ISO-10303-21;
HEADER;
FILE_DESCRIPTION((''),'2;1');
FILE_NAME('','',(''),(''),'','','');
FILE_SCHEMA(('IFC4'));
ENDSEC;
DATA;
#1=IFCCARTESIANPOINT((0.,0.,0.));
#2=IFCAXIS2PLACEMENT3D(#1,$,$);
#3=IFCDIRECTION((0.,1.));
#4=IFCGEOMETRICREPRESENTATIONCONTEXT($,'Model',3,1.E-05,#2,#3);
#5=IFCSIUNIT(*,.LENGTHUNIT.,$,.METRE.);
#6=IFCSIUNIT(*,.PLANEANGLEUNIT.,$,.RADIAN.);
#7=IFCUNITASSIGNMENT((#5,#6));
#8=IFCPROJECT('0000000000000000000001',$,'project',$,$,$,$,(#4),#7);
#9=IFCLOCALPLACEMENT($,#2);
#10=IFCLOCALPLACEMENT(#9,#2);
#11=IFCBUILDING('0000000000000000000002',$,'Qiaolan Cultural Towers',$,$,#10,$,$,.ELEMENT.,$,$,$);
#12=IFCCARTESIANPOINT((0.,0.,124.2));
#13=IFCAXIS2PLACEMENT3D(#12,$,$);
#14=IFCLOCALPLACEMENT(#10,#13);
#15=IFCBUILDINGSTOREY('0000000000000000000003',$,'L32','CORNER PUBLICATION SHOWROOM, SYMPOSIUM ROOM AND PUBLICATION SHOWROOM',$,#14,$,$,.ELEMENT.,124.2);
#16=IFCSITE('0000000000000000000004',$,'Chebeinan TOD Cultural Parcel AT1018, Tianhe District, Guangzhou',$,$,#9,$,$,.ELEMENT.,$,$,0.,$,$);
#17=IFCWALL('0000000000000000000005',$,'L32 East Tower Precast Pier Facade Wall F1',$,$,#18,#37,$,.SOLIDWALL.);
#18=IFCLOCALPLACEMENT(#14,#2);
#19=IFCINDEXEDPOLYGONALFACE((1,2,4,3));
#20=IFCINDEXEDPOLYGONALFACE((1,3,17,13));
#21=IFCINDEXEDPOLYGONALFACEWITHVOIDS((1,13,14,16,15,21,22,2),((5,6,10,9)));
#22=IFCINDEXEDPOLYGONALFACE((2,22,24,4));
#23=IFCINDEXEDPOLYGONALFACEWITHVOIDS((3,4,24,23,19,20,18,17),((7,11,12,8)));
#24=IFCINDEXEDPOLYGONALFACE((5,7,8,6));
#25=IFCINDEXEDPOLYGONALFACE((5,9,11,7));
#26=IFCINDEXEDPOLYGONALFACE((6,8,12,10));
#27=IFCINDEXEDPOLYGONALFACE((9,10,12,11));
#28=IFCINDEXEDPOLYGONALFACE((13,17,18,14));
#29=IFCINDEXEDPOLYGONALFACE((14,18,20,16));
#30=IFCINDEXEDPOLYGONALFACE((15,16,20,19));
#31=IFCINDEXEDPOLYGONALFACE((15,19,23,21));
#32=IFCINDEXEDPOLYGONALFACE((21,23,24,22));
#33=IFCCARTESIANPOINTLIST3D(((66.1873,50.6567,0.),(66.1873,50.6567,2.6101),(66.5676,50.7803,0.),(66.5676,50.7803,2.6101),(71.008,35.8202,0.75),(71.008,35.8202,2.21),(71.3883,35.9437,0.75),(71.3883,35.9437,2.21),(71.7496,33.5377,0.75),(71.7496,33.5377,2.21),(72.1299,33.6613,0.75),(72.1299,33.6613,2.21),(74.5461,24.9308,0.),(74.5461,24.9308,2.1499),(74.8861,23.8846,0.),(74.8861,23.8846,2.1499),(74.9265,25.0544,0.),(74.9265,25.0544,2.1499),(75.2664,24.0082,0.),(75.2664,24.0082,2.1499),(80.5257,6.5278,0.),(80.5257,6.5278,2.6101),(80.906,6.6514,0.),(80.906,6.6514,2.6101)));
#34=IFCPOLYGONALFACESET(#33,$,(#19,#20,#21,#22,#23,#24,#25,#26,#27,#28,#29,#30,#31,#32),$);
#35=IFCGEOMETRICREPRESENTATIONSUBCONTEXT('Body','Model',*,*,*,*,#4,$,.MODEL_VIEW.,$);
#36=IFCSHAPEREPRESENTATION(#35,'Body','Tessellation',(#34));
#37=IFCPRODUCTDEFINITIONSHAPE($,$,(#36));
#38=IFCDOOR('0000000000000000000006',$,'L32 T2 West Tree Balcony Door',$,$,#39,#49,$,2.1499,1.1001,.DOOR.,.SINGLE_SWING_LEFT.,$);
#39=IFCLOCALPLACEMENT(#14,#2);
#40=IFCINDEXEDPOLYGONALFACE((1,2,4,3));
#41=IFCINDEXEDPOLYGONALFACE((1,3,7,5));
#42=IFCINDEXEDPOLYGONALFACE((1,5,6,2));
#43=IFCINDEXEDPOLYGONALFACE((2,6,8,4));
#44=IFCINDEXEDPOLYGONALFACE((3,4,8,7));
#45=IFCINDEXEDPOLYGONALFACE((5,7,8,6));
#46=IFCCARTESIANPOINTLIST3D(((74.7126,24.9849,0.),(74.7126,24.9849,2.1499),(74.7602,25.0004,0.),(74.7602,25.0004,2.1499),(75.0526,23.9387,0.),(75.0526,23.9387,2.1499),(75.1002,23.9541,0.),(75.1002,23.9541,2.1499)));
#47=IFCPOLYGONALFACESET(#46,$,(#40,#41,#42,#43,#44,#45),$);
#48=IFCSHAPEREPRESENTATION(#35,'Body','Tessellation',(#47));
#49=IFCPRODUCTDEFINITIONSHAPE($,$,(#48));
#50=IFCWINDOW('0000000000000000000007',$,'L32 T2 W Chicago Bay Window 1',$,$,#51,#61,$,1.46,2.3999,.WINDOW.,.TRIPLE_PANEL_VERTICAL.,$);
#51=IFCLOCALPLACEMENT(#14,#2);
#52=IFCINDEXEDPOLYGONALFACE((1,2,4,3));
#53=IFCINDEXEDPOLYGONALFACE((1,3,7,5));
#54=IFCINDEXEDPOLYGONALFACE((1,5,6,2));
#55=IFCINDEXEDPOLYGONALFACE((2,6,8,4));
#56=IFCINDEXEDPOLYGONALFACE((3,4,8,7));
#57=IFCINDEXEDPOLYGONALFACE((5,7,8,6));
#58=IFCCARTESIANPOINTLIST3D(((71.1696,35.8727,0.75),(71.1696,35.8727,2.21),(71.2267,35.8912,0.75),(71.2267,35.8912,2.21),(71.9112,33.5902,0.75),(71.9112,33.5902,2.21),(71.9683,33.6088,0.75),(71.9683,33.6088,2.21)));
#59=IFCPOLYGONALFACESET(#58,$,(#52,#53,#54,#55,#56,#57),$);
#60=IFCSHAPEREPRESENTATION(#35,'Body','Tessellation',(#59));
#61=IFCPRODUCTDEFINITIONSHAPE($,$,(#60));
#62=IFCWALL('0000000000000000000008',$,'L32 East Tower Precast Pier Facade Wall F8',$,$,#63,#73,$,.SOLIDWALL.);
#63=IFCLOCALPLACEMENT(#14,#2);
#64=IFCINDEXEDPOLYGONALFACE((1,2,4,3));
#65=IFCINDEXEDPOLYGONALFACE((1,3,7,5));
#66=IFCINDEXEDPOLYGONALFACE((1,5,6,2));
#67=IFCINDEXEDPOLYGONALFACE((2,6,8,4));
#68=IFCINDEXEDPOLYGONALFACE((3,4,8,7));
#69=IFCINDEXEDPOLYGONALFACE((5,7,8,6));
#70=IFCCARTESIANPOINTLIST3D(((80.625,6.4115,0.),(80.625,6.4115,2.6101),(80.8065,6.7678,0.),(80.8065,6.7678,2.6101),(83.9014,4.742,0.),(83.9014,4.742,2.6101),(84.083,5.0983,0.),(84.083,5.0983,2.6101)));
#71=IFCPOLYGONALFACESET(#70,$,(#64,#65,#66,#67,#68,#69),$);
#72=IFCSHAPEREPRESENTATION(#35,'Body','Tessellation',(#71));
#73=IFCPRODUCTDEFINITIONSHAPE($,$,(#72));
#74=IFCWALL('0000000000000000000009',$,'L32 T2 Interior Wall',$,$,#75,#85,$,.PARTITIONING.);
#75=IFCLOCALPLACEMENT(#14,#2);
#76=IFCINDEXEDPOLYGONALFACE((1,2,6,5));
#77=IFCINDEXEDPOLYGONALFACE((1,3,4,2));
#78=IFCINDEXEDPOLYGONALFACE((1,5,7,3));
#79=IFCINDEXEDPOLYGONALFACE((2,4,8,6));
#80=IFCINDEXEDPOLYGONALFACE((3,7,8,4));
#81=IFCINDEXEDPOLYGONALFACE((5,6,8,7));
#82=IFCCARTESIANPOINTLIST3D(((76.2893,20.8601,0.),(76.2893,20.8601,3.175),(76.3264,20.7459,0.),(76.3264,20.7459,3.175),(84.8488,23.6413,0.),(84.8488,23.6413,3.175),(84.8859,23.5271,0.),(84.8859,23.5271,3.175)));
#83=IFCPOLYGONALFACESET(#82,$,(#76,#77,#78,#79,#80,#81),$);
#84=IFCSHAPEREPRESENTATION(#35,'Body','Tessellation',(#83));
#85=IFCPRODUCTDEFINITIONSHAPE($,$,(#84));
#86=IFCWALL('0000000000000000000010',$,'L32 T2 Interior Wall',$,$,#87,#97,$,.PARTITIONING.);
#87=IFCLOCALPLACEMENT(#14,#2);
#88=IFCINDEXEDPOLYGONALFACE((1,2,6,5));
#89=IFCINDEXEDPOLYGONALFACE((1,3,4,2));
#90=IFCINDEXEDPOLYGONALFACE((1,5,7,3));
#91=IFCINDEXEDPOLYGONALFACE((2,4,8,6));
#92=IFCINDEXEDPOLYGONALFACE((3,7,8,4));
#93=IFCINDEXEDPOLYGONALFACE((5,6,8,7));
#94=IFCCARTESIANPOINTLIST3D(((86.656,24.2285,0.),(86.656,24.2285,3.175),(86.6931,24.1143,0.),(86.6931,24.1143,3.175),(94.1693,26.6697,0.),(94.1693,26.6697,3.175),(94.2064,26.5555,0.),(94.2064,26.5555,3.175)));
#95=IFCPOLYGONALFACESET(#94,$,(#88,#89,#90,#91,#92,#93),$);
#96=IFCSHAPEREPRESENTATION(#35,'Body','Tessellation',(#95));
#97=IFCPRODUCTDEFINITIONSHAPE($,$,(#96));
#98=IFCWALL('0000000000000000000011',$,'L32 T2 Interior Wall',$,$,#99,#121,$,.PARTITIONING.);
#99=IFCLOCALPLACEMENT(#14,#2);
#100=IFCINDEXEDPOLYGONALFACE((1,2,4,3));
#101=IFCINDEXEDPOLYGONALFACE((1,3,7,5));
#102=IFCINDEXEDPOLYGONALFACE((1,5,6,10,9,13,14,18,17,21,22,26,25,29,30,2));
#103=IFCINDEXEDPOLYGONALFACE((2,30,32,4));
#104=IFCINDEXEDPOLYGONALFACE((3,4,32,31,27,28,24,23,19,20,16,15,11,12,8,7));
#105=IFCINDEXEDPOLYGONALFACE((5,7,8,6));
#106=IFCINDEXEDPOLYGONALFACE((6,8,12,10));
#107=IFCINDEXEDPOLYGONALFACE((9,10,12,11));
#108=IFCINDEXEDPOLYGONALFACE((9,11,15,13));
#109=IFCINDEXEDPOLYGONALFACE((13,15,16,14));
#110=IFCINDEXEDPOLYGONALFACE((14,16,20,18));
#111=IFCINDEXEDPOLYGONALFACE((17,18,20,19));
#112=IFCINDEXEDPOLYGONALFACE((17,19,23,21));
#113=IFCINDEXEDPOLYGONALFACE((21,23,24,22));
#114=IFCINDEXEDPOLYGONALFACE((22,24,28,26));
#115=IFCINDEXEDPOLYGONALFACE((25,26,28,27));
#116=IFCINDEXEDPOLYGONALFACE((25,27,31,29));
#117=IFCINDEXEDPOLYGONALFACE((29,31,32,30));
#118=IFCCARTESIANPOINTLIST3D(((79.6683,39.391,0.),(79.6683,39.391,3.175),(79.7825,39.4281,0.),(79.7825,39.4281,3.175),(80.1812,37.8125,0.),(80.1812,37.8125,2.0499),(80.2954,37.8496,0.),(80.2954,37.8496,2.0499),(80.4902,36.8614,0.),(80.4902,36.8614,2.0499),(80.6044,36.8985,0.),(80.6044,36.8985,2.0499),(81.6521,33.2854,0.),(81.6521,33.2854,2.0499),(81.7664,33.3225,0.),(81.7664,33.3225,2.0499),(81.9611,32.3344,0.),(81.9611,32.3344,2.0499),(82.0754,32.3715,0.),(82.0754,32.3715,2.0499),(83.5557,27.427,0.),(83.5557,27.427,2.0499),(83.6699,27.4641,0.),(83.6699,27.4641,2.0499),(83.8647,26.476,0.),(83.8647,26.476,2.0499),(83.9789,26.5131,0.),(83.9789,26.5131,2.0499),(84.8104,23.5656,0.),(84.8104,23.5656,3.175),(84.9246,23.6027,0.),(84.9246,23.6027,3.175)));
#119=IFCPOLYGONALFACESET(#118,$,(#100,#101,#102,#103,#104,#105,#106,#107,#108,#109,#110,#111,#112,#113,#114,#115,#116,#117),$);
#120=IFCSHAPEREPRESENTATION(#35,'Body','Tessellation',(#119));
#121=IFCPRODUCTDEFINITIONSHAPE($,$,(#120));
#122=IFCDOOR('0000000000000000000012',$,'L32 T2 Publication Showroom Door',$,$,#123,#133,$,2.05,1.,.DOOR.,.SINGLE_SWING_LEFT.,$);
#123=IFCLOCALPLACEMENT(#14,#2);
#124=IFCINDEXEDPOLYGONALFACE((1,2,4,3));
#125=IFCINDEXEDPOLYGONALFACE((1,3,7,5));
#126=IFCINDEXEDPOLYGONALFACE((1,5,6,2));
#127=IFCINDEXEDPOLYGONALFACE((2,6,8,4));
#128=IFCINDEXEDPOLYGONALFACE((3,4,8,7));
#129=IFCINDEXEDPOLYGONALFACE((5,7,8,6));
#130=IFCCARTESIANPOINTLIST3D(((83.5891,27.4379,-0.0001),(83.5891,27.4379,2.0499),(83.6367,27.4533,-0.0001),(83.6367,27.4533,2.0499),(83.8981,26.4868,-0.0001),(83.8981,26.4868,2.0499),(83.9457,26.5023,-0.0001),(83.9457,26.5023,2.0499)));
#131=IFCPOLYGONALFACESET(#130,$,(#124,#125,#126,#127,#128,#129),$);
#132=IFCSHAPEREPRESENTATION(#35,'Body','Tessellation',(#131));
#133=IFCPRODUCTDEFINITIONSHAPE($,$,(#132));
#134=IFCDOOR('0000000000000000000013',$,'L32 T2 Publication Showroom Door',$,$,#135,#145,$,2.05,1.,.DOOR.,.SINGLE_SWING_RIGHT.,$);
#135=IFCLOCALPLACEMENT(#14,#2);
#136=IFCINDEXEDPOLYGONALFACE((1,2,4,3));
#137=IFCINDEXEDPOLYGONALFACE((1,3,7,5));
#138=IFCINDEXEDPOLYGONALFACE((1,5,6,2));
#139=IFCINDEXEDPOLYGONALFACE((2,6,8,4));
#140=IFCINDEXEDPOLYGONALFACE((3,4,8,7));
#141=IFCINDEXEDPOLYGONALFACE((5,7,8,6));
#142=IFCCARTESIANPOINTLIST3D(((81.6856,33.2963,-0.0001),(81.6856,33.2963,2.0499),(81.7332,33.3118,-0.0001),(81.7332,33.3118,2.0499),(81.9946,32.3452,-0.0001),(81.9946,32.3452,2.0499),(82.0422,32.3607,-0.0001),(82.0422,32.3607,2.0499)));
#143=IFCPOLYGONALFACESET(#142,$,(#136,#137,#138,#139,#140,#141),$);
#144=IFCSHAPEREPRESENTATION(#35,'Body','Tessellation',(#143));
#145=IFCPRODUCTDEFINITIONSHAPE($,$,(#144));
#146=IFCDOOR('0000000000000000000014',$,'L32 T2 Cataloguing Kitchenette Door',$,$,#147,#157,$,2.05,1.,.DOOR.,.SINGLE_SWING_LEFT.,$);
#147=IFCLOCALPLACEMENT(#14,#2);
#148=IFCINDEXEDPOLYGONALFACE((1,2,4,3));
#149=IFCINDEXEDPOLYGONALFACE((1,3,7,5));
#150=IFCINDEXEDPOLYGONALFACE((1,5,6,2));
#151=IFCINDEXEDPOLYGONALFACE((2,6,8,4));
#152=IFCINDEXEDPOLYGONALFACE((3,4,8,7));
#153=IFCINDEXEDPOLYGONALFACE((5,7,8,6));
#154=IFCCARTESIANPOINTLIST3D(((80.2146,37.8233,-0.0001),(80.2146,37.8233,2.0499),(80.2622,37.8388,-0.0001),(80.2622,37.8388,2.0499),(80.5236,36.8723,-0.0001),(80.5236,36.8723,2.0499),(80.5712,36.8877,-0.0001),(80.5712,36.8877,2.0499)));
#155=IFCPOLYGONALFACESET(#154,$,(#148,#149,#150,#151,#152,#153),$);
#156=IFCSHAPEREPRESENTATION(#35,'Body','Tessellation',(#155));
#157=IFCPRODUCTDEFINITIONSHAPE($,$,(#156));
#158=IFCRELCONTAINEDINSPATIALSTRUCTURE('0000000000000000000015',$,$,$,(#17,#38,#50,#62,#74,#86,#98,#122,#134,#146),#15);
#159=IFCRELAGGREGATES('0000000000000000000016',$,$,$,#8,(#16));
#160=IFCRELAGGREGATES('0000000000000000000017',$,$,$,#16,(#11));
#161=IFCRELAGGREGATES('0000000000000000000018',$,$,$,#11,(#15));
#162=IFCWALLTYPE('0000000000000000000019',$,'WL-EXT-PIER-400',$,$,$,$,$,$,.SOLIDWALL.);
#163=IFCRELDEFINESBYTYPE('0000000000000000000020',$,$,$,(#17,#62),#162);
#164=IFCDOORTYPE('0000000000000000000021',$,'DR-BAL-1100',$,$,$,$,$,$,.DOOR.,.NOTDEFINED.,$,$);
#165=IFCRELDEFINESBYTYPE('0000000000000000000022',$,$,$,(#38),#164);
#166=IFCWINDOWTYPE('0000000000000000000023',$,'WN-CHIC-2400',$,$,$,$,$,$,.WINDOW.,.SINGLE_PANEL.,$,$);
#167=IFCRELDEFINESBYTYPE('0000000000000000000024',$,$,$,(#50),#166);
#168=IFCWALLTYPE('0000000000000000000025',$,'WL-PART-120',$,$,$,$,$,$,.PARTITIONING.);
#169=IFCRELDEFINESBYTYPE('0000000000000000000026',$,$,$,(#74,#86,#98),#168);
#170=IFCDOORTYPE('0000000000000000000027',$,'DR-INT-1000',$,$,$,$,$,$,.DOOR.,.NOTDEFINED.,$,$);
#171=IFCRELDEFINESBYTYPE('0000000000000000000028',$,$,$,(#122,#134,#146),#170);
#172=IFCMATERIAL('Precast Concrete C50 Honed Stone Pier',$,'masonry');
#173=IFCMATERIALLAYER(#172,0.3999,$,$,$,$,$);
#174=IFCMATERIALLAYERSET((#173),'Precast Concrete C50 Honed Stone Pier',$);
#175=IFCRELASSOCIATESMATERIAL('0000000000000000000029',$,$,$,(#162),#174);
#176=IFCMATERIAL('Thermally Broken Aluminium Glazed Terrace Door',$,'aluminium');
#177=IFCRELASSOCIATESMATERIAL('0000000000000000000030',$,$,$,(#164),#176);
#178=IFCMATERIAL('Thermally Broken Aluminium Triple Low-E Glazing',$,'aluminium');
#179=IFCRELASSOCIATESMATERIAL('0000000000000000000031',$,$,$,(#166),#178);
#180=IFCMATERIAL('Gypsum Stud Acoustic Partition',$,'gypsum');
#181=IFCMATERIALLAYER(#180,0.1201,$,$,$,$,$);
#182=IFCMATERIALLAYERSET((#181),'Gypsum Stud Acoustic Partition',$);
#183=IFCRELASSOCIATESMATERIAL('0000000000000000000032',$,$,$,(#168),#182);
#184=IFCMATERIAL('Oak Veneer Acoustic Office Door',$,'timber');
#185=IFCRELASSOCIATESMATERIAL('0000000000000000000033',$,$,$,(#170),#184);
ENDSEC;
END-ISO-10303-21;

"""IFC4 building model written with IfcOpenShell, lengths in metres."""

from ifc_helpers import new_model, si_unit, direction, frame, frame_2d, origin, place, context, subcontext, project, spatial, rectangle, extrude, material, layer, layer_set, type_object, element, fill, save


model = new_model("IFC4")

# Units and contexts
model_context = context("Model", 3, precision=1e-05, world=origin(), true_north=direction((0.0, 1.0)))
body_context = subcontext(model_context, "Body", "Model", "MODEL_VIEW")
ifc_project = project(units=[si_unit("LENGTHUNIT", "METRE"), si_unit("PLANEANGLEUNIT", "RADIAN")], contexts=[model_context])

# Site, building, storey
site_placement = place(None, origin())
site = spatial("IfcSite", under=ifc_project, at=site_placement, Name="Chebeinan TOD Cultural Parcel AT1018, Tianhe District, Guangzhou", CompositionType="ELEMENT", RefElevation=0.0)
building_placement = place(site_placement, origin())
building = spatial("IfcBuilding", under=site, at=building_placement, Name="Qiaolan Cultural Towers", CompositionType="ELEMENT")
storey_placement = place(building_placement, frame((0.0, 0.0, 124.2)))
storey = spatial("IfcBuildingStorey", under=building, at=storey_placement, Name="L32", Description="CORNER PUBLICATION SHOWROOM, SYMPOSIUM ROOM AND PUBLICATION SHOWROOM", CompositionType="ELEMENT", Elevation=124.2)

# Wall, openings, door, window
ifc_material_1 = material(Name="Precast Concrete C50 Honed Stone Pier", Category="masonry")
ifc_layer_1 = layer(ifc_material_1, 0.3999)
ifc_layer_set_1 = layer_set([ifc_layer_1], Name="Precast Concrete C50 Honed Stone Pier")
wall_type_1 = type_object("IfcWallType", Name="WL-EXT-PIER-400", PredefinedType="SOLIDWALL", material=ifc_layer_set_1)
wall_1_placement = place(storey_placement, frame((80.7158, 6.5896, 0.0), z_axis=(0.0, 0.0, 1.0), x_axis=(-0.309018, 0.951056, 0.0)))
wall_1 = element("IfcWall", 1, at=wall_1_placement, inside=storey, type_object=wall_type_1, Name="L32 East Tower Precast Pier Facade Wall F1", PredefinedType="SOLIDWALL", context=body_context, shape_type="SweptSolid", body=[
    extrude(rectangle(XDim=46.3999, YDim=0.3999, at=frame_2d((23.2, 0.0))), origin(), (0.0, 0.0, 1.0), 2.6101),
])
opening_1_placement = place(wall_1_placement, frame((28.3999, 0.0, 0.75)))
opening_1 = element("IfcOpeningElement", 2, at=opening_1_placement, cuts=wall_1, PredefinedType="OPENING", context=body_context, shape_type="SweptSolid", body=[
    extrude(rectangle(XDim=2.3999, YDim=1.46, at=frame_2d((1.2, 0.73))), frame((0.0, 0.21, 0.0), z_axis=(0.0, -1.0, 0.0), x_axis=(1.0, 0.0, 0.0)), (0.0, 0.0, 1.0), 0.4199),
])
opening_2_placement = place(wall_1_placement, frame((18.25, 0.0, 0.0)))
opening_2 = element("IfcOpeningElement", 3, at=opening_2_placement, cuts=wall_1, PredefinedType="OPENING", context=body_context, shape_type="SweptSolid", body=[
    extrude(rectangle(XDim=1.1001, YDim=2.1499, at=frame_2d((0.55, 1.075))), frame((0.0, 0.21, 0.0), z_axis=(0.0, -1.0, 0.0), x_axis=(1.0, 0.0, 0.0)), (0.0, 0.0, 1.0), 0.4199),
])
ifc_material_2 = material(Name="Thermally Broken Aluminium Glazed Terrace Door", Category="aluminium")
door_type_1 = type_object("IfcDoorType", Name="DR-BAL-1100", OperationType="NOTDEFINED", PredefinedType="DOOR", material=ifc_material_2)
door_1_placement = place(opening_2_placement, origin())
door_1 = element("IfcDoor", 4, at=door_1_placement, inside=storey, type_object=door_type_1, Name="L32 T2 West Tree Balcony Door", OperationType="SINGLE_SWING_LEFT", OverallHeight=2.1499, OverallWidth=1.1001, PredefinedType="DOOR", context=body_context, shape_type="SweptSolid", body=[
    extrude(rectangle(XDim=1.1001, YDim=2.1499, at=frame_2d((0.55, 1.075))), frame((0.0, 0.0249, 0.0), z_axis=(0.0, -1.0, 0.0), x_axis=(1.0, 0.0, 0.0)), (0.0, 0.0, 1.0), 0.05),
])
fill(opening_2, door_1)
ifc_material_3 = material(Name="Thermally Broken Aluminium Triple Low-E Glazing", Category="aluminium")
window_type = type_object("IfcWindowType", Name="WN-CHIC-2400", PartitioningType="SINGLE_PANEL", PredefinedType="WINDOW", material=ifc_material_3)
window_placement = place(opening_1_placement, origin())
window = element("IfcWindow", 5, at=window_placement, inside=storey, type_object=window_type, Name="L32 T2 W Chicago Bay Window 1", OverallHeight=1.46, OverallWidth=2.3999, PartitioningType="TRIPLE_PANEL_VERTICAL", PredefinedType="WINDOW", context=body_context, shape_type="SweptSolid", body=[
    extrude(rectangle(XDim=2.3999, YDim=1.46, at=frame_2d((1.2, 0.73))), frame((0.0, 0.03, 0.0), z_axis=(0.0, -1.0, 0.0), x_axis=(1.0, 0.0, 0.0)), (0.0, 0.0, 1.0), 0.0601),
])
fill(opening_1, window)

# Walls
wall_2_placement = place(storey_placement, frame((83.9922, 4.9202, 0.0), z_axis=(0.0, 0.0, 1.0), x_axis=(-0.891002, 0.453999, 0.0)))
element("IfcWall", 6, at=wall_2_placement, inside=storey, type_object=wall_type_1, Name="L32 East Tower Precast Pier Facade Wall F8", PredefinedType="SOLIDWALL", context=body_context, shape_type="SweptSolid", body=[
    extrude(rectangle(XDim=3.6772, YDim=0.3999, at=frame_2d((1.8386, 0.0))), origin(), (0.0, 0.0, 1.0), 2.6101),
])
ifc_material_4 = material(Name="Gypsum Stud Acoustic Partition", Category="gypsum")
ifc_layer_2 = layer(ifc_material_4, 0.1201)
ifc_layer_set_2 = layer_set([ifc_layer_2], Name="Gypsum Stud Acoustic Partition")
wall_type_2 = type_object("IfcWallType", Name="WL-PART-120", PredefinedType="PARTITIONING", material=ifc_layer_set_2)
wall_3_placement = place(storey_placement, frame((76.3079, 20.803, 0.0), z_axis=(0.0, 0.0, 1.0), x_axis=(0.951054, 0.309025, 0.0)))
element("IfcWall", 7, at=wall_3_placement, inside=storey, type_object=wall_type_2, Name="L32 T2 Interior Wall", PredefinedType="PARTITIONING", context=body_context, shape_type="SweptSolid", body=[
    extrude(rectangle(XDim=9.0, YDim=0.1201, at=frame_2d((4.5, 0.0))), origin(), (0.0, 0.0, 1.0), 3.175),
])
wall_4_placement = place(storey_placement, frame((86.6746, 24.1714, 0.0), z_axis=(0.0, 0.0, 1.0), x_axis=(0.951057, 0.309015, 0.0)))
element("IfcWall", 8, at=wall_4_placement, inside=storey, type_object=wall_type_2, Name="L32 T2 Interior Wall", PredefinedType="PARTITIONING", context=body_context, shape_type="SweptSolid", body=[
    extrude(rectangle(XDim=7.8999, YDim=0.1201, at=frame_2d((3.95, 0.0))), origin(), (0.0, 0.0, 1.0), 3.175),
])

# Wall, openings, doors
wall_5_placement = place(storey_placement, frame((84.8674, 23.5842, 0.0), z_axis=(0.0, 0.0, 1.0), x_axis=(-0.309022, 0.951055, 0.0)))
wall_5 = element("IfcWall", 9, at=wall_5_placement, inside=storey, type_object=wall_type_2, Name="L32 T2 Interior Wall", PredefinedType="PARTITIONING", context=body_context, shape_type="SweptSolid", body=[
    extrude(rectangle(XDim=16.6399, YDim=0.1201, at=frame_2d((8.3198, 0.0))), origin(), (0.0, 0.0, 1.0), 3.175),
])
opening_3_placement = place(wall_5_placement, frame((3.0601, 0.0, 0.0)))
opening_3 = element("IfcOpeningElement", 10, at=opening_3_placement, cuts=wall_5, PredefinedType="OPENING", context=body_context, shape_type="SweptSolid", body=[
    extrude(rectangle(XDim=1.0, YDim=2.05, at=frame_2d((0.5, 1.0249))), frame((0.0, 0.0701, 0.0), z_axis=(0.0, -1.0, 0.0), x_axis=(1.0, 0.0, 0.0)), (0.0, 0.0, 1.0), 0.1401),
])
opening_4_placement = place(wall_5_placement, frame((9.22, 0.0, 0.0)))
opening_4 = element("IfcOpeningElement", 11, at=opening_4_placement, cuts=wall_5, PredefinedType="OPENING", context=body_context, shape_type="SweptSolid", body=[
    extrude(rectangle(XDim=1.0, YDim=2.05, at=frame_2d((0.5, 1.0249))), frame((0.0, 0.0701, 0.0), z_axis=(0.0, -1.0, 0.0), x_axis=(1.0, 0.0, 0.0)), (0.0, 0.0, 1.0), 0.1401),
])
opening_5_placement = place(wall_5_placement, frame((13.98, 0.0, 0.0)))
opening_5 = element("IfcOpeningElement", 12, at=opening_5_placement, cuts=wall_5, PredefinedType="OPENING", context=body_context, shape_type="SweptSolid", body=[
    extrude(rectangle(XDim=1.0, YDim=2.05, at=frame_2d((0.5, 1.0249))), frame((0.0, 0.0701, 0.0), z_axis=(0.0, -1.0, 0.0), x_axis=(1.0, 0.0, 0.0)), (0.0, 0.0, 1.0), 0.1401),
])
ifc_material_5 = material(Name="Oak Veneer Acoustic Office Door", Category="timber")
door_type_2 = type_object("IfcDoorType", Name="DR-INT-1000", OperationType="NOTDEFINED", PredefinedType="DOOR", material=ifc_material_5)
door_2_placement = place(opening_3_placement, origin())
door_2 = element("IfcDoor", 13, at=door_2_placement, inside=storey, type_object=door_type_2, Name="L32 T2 Publication Showroom Door", OperationType="SINGLE_SWING_LEFT", OverallHeight=2.05, OverallWidth=1.0, PredefinedType="DOOR", context=body_context, shape_type="SweptSolid", body=[
    extrude(rectangle(XDim=1.0, YDim=2.05, at=frame_2d((0.5, 1.0249))), frame((0.0, 0.0249, 0.0), z_axis=(0.0, -1.0, 0.0), x_axis=(1.0, 0.0, 0.0)), (0.0, 0.0, 1.0), 0.05),
])
fill(opening_3, door_2)
door_3_placement = place(opening_4_placement, origin())
door_3 = element("IfcDoor", 14, at=door_3_placement, inside=storey, type_object=door_type_2, Name="L32 T2 Publication Showroom Door", OperationType="SINGLE_SWING_RIGHT", OverallHeight=2.05, OverallWidth=1.0, PredefinedType="DOOR", context=body_context, shape_type="SweptSolid", body=[
    extrude(rectangle(XDim=1.0, YDim=2.05, at=frame_2d((0.5, 1.0249))), frame((0.0, 0.0249, 0.0), z_axis=(0.0, -1.0, 0.0), x_axis=(1.0, 0.0, 0.0)), (0.0, 0.0, 1.0), 0.05),
])
fill(opening_4, door_3)
door_4_placement = place(opening_5_placement, origin())
door_4 = element("IfcDoor", 15, at=door_4_placement, inside=storey, type_object=door_type_2, Name="L32 T2 Cataloguing Kitchenette Door", OperationType="SINGLE_SWING_LEFT", OverallHeight=2.05, OverallWidth=1.0, PredefinedType="DOOR", context=body_context, shape_type="SweptSolid", body=[
    extrude(rectangle(XDim=1.0, YDim=2.05, at=frame_2d((0.5, 1.0249))), frame((0.0, 0.0249, 0.0), z_axis=(0.0, -1.0, 0.0), x_axis=(1.0, 0.0, 0.0)), (0.0, 0.0, 1.0), 0.05),
])
fill(opening_5, door_4)

save(model, "model.ifc")
